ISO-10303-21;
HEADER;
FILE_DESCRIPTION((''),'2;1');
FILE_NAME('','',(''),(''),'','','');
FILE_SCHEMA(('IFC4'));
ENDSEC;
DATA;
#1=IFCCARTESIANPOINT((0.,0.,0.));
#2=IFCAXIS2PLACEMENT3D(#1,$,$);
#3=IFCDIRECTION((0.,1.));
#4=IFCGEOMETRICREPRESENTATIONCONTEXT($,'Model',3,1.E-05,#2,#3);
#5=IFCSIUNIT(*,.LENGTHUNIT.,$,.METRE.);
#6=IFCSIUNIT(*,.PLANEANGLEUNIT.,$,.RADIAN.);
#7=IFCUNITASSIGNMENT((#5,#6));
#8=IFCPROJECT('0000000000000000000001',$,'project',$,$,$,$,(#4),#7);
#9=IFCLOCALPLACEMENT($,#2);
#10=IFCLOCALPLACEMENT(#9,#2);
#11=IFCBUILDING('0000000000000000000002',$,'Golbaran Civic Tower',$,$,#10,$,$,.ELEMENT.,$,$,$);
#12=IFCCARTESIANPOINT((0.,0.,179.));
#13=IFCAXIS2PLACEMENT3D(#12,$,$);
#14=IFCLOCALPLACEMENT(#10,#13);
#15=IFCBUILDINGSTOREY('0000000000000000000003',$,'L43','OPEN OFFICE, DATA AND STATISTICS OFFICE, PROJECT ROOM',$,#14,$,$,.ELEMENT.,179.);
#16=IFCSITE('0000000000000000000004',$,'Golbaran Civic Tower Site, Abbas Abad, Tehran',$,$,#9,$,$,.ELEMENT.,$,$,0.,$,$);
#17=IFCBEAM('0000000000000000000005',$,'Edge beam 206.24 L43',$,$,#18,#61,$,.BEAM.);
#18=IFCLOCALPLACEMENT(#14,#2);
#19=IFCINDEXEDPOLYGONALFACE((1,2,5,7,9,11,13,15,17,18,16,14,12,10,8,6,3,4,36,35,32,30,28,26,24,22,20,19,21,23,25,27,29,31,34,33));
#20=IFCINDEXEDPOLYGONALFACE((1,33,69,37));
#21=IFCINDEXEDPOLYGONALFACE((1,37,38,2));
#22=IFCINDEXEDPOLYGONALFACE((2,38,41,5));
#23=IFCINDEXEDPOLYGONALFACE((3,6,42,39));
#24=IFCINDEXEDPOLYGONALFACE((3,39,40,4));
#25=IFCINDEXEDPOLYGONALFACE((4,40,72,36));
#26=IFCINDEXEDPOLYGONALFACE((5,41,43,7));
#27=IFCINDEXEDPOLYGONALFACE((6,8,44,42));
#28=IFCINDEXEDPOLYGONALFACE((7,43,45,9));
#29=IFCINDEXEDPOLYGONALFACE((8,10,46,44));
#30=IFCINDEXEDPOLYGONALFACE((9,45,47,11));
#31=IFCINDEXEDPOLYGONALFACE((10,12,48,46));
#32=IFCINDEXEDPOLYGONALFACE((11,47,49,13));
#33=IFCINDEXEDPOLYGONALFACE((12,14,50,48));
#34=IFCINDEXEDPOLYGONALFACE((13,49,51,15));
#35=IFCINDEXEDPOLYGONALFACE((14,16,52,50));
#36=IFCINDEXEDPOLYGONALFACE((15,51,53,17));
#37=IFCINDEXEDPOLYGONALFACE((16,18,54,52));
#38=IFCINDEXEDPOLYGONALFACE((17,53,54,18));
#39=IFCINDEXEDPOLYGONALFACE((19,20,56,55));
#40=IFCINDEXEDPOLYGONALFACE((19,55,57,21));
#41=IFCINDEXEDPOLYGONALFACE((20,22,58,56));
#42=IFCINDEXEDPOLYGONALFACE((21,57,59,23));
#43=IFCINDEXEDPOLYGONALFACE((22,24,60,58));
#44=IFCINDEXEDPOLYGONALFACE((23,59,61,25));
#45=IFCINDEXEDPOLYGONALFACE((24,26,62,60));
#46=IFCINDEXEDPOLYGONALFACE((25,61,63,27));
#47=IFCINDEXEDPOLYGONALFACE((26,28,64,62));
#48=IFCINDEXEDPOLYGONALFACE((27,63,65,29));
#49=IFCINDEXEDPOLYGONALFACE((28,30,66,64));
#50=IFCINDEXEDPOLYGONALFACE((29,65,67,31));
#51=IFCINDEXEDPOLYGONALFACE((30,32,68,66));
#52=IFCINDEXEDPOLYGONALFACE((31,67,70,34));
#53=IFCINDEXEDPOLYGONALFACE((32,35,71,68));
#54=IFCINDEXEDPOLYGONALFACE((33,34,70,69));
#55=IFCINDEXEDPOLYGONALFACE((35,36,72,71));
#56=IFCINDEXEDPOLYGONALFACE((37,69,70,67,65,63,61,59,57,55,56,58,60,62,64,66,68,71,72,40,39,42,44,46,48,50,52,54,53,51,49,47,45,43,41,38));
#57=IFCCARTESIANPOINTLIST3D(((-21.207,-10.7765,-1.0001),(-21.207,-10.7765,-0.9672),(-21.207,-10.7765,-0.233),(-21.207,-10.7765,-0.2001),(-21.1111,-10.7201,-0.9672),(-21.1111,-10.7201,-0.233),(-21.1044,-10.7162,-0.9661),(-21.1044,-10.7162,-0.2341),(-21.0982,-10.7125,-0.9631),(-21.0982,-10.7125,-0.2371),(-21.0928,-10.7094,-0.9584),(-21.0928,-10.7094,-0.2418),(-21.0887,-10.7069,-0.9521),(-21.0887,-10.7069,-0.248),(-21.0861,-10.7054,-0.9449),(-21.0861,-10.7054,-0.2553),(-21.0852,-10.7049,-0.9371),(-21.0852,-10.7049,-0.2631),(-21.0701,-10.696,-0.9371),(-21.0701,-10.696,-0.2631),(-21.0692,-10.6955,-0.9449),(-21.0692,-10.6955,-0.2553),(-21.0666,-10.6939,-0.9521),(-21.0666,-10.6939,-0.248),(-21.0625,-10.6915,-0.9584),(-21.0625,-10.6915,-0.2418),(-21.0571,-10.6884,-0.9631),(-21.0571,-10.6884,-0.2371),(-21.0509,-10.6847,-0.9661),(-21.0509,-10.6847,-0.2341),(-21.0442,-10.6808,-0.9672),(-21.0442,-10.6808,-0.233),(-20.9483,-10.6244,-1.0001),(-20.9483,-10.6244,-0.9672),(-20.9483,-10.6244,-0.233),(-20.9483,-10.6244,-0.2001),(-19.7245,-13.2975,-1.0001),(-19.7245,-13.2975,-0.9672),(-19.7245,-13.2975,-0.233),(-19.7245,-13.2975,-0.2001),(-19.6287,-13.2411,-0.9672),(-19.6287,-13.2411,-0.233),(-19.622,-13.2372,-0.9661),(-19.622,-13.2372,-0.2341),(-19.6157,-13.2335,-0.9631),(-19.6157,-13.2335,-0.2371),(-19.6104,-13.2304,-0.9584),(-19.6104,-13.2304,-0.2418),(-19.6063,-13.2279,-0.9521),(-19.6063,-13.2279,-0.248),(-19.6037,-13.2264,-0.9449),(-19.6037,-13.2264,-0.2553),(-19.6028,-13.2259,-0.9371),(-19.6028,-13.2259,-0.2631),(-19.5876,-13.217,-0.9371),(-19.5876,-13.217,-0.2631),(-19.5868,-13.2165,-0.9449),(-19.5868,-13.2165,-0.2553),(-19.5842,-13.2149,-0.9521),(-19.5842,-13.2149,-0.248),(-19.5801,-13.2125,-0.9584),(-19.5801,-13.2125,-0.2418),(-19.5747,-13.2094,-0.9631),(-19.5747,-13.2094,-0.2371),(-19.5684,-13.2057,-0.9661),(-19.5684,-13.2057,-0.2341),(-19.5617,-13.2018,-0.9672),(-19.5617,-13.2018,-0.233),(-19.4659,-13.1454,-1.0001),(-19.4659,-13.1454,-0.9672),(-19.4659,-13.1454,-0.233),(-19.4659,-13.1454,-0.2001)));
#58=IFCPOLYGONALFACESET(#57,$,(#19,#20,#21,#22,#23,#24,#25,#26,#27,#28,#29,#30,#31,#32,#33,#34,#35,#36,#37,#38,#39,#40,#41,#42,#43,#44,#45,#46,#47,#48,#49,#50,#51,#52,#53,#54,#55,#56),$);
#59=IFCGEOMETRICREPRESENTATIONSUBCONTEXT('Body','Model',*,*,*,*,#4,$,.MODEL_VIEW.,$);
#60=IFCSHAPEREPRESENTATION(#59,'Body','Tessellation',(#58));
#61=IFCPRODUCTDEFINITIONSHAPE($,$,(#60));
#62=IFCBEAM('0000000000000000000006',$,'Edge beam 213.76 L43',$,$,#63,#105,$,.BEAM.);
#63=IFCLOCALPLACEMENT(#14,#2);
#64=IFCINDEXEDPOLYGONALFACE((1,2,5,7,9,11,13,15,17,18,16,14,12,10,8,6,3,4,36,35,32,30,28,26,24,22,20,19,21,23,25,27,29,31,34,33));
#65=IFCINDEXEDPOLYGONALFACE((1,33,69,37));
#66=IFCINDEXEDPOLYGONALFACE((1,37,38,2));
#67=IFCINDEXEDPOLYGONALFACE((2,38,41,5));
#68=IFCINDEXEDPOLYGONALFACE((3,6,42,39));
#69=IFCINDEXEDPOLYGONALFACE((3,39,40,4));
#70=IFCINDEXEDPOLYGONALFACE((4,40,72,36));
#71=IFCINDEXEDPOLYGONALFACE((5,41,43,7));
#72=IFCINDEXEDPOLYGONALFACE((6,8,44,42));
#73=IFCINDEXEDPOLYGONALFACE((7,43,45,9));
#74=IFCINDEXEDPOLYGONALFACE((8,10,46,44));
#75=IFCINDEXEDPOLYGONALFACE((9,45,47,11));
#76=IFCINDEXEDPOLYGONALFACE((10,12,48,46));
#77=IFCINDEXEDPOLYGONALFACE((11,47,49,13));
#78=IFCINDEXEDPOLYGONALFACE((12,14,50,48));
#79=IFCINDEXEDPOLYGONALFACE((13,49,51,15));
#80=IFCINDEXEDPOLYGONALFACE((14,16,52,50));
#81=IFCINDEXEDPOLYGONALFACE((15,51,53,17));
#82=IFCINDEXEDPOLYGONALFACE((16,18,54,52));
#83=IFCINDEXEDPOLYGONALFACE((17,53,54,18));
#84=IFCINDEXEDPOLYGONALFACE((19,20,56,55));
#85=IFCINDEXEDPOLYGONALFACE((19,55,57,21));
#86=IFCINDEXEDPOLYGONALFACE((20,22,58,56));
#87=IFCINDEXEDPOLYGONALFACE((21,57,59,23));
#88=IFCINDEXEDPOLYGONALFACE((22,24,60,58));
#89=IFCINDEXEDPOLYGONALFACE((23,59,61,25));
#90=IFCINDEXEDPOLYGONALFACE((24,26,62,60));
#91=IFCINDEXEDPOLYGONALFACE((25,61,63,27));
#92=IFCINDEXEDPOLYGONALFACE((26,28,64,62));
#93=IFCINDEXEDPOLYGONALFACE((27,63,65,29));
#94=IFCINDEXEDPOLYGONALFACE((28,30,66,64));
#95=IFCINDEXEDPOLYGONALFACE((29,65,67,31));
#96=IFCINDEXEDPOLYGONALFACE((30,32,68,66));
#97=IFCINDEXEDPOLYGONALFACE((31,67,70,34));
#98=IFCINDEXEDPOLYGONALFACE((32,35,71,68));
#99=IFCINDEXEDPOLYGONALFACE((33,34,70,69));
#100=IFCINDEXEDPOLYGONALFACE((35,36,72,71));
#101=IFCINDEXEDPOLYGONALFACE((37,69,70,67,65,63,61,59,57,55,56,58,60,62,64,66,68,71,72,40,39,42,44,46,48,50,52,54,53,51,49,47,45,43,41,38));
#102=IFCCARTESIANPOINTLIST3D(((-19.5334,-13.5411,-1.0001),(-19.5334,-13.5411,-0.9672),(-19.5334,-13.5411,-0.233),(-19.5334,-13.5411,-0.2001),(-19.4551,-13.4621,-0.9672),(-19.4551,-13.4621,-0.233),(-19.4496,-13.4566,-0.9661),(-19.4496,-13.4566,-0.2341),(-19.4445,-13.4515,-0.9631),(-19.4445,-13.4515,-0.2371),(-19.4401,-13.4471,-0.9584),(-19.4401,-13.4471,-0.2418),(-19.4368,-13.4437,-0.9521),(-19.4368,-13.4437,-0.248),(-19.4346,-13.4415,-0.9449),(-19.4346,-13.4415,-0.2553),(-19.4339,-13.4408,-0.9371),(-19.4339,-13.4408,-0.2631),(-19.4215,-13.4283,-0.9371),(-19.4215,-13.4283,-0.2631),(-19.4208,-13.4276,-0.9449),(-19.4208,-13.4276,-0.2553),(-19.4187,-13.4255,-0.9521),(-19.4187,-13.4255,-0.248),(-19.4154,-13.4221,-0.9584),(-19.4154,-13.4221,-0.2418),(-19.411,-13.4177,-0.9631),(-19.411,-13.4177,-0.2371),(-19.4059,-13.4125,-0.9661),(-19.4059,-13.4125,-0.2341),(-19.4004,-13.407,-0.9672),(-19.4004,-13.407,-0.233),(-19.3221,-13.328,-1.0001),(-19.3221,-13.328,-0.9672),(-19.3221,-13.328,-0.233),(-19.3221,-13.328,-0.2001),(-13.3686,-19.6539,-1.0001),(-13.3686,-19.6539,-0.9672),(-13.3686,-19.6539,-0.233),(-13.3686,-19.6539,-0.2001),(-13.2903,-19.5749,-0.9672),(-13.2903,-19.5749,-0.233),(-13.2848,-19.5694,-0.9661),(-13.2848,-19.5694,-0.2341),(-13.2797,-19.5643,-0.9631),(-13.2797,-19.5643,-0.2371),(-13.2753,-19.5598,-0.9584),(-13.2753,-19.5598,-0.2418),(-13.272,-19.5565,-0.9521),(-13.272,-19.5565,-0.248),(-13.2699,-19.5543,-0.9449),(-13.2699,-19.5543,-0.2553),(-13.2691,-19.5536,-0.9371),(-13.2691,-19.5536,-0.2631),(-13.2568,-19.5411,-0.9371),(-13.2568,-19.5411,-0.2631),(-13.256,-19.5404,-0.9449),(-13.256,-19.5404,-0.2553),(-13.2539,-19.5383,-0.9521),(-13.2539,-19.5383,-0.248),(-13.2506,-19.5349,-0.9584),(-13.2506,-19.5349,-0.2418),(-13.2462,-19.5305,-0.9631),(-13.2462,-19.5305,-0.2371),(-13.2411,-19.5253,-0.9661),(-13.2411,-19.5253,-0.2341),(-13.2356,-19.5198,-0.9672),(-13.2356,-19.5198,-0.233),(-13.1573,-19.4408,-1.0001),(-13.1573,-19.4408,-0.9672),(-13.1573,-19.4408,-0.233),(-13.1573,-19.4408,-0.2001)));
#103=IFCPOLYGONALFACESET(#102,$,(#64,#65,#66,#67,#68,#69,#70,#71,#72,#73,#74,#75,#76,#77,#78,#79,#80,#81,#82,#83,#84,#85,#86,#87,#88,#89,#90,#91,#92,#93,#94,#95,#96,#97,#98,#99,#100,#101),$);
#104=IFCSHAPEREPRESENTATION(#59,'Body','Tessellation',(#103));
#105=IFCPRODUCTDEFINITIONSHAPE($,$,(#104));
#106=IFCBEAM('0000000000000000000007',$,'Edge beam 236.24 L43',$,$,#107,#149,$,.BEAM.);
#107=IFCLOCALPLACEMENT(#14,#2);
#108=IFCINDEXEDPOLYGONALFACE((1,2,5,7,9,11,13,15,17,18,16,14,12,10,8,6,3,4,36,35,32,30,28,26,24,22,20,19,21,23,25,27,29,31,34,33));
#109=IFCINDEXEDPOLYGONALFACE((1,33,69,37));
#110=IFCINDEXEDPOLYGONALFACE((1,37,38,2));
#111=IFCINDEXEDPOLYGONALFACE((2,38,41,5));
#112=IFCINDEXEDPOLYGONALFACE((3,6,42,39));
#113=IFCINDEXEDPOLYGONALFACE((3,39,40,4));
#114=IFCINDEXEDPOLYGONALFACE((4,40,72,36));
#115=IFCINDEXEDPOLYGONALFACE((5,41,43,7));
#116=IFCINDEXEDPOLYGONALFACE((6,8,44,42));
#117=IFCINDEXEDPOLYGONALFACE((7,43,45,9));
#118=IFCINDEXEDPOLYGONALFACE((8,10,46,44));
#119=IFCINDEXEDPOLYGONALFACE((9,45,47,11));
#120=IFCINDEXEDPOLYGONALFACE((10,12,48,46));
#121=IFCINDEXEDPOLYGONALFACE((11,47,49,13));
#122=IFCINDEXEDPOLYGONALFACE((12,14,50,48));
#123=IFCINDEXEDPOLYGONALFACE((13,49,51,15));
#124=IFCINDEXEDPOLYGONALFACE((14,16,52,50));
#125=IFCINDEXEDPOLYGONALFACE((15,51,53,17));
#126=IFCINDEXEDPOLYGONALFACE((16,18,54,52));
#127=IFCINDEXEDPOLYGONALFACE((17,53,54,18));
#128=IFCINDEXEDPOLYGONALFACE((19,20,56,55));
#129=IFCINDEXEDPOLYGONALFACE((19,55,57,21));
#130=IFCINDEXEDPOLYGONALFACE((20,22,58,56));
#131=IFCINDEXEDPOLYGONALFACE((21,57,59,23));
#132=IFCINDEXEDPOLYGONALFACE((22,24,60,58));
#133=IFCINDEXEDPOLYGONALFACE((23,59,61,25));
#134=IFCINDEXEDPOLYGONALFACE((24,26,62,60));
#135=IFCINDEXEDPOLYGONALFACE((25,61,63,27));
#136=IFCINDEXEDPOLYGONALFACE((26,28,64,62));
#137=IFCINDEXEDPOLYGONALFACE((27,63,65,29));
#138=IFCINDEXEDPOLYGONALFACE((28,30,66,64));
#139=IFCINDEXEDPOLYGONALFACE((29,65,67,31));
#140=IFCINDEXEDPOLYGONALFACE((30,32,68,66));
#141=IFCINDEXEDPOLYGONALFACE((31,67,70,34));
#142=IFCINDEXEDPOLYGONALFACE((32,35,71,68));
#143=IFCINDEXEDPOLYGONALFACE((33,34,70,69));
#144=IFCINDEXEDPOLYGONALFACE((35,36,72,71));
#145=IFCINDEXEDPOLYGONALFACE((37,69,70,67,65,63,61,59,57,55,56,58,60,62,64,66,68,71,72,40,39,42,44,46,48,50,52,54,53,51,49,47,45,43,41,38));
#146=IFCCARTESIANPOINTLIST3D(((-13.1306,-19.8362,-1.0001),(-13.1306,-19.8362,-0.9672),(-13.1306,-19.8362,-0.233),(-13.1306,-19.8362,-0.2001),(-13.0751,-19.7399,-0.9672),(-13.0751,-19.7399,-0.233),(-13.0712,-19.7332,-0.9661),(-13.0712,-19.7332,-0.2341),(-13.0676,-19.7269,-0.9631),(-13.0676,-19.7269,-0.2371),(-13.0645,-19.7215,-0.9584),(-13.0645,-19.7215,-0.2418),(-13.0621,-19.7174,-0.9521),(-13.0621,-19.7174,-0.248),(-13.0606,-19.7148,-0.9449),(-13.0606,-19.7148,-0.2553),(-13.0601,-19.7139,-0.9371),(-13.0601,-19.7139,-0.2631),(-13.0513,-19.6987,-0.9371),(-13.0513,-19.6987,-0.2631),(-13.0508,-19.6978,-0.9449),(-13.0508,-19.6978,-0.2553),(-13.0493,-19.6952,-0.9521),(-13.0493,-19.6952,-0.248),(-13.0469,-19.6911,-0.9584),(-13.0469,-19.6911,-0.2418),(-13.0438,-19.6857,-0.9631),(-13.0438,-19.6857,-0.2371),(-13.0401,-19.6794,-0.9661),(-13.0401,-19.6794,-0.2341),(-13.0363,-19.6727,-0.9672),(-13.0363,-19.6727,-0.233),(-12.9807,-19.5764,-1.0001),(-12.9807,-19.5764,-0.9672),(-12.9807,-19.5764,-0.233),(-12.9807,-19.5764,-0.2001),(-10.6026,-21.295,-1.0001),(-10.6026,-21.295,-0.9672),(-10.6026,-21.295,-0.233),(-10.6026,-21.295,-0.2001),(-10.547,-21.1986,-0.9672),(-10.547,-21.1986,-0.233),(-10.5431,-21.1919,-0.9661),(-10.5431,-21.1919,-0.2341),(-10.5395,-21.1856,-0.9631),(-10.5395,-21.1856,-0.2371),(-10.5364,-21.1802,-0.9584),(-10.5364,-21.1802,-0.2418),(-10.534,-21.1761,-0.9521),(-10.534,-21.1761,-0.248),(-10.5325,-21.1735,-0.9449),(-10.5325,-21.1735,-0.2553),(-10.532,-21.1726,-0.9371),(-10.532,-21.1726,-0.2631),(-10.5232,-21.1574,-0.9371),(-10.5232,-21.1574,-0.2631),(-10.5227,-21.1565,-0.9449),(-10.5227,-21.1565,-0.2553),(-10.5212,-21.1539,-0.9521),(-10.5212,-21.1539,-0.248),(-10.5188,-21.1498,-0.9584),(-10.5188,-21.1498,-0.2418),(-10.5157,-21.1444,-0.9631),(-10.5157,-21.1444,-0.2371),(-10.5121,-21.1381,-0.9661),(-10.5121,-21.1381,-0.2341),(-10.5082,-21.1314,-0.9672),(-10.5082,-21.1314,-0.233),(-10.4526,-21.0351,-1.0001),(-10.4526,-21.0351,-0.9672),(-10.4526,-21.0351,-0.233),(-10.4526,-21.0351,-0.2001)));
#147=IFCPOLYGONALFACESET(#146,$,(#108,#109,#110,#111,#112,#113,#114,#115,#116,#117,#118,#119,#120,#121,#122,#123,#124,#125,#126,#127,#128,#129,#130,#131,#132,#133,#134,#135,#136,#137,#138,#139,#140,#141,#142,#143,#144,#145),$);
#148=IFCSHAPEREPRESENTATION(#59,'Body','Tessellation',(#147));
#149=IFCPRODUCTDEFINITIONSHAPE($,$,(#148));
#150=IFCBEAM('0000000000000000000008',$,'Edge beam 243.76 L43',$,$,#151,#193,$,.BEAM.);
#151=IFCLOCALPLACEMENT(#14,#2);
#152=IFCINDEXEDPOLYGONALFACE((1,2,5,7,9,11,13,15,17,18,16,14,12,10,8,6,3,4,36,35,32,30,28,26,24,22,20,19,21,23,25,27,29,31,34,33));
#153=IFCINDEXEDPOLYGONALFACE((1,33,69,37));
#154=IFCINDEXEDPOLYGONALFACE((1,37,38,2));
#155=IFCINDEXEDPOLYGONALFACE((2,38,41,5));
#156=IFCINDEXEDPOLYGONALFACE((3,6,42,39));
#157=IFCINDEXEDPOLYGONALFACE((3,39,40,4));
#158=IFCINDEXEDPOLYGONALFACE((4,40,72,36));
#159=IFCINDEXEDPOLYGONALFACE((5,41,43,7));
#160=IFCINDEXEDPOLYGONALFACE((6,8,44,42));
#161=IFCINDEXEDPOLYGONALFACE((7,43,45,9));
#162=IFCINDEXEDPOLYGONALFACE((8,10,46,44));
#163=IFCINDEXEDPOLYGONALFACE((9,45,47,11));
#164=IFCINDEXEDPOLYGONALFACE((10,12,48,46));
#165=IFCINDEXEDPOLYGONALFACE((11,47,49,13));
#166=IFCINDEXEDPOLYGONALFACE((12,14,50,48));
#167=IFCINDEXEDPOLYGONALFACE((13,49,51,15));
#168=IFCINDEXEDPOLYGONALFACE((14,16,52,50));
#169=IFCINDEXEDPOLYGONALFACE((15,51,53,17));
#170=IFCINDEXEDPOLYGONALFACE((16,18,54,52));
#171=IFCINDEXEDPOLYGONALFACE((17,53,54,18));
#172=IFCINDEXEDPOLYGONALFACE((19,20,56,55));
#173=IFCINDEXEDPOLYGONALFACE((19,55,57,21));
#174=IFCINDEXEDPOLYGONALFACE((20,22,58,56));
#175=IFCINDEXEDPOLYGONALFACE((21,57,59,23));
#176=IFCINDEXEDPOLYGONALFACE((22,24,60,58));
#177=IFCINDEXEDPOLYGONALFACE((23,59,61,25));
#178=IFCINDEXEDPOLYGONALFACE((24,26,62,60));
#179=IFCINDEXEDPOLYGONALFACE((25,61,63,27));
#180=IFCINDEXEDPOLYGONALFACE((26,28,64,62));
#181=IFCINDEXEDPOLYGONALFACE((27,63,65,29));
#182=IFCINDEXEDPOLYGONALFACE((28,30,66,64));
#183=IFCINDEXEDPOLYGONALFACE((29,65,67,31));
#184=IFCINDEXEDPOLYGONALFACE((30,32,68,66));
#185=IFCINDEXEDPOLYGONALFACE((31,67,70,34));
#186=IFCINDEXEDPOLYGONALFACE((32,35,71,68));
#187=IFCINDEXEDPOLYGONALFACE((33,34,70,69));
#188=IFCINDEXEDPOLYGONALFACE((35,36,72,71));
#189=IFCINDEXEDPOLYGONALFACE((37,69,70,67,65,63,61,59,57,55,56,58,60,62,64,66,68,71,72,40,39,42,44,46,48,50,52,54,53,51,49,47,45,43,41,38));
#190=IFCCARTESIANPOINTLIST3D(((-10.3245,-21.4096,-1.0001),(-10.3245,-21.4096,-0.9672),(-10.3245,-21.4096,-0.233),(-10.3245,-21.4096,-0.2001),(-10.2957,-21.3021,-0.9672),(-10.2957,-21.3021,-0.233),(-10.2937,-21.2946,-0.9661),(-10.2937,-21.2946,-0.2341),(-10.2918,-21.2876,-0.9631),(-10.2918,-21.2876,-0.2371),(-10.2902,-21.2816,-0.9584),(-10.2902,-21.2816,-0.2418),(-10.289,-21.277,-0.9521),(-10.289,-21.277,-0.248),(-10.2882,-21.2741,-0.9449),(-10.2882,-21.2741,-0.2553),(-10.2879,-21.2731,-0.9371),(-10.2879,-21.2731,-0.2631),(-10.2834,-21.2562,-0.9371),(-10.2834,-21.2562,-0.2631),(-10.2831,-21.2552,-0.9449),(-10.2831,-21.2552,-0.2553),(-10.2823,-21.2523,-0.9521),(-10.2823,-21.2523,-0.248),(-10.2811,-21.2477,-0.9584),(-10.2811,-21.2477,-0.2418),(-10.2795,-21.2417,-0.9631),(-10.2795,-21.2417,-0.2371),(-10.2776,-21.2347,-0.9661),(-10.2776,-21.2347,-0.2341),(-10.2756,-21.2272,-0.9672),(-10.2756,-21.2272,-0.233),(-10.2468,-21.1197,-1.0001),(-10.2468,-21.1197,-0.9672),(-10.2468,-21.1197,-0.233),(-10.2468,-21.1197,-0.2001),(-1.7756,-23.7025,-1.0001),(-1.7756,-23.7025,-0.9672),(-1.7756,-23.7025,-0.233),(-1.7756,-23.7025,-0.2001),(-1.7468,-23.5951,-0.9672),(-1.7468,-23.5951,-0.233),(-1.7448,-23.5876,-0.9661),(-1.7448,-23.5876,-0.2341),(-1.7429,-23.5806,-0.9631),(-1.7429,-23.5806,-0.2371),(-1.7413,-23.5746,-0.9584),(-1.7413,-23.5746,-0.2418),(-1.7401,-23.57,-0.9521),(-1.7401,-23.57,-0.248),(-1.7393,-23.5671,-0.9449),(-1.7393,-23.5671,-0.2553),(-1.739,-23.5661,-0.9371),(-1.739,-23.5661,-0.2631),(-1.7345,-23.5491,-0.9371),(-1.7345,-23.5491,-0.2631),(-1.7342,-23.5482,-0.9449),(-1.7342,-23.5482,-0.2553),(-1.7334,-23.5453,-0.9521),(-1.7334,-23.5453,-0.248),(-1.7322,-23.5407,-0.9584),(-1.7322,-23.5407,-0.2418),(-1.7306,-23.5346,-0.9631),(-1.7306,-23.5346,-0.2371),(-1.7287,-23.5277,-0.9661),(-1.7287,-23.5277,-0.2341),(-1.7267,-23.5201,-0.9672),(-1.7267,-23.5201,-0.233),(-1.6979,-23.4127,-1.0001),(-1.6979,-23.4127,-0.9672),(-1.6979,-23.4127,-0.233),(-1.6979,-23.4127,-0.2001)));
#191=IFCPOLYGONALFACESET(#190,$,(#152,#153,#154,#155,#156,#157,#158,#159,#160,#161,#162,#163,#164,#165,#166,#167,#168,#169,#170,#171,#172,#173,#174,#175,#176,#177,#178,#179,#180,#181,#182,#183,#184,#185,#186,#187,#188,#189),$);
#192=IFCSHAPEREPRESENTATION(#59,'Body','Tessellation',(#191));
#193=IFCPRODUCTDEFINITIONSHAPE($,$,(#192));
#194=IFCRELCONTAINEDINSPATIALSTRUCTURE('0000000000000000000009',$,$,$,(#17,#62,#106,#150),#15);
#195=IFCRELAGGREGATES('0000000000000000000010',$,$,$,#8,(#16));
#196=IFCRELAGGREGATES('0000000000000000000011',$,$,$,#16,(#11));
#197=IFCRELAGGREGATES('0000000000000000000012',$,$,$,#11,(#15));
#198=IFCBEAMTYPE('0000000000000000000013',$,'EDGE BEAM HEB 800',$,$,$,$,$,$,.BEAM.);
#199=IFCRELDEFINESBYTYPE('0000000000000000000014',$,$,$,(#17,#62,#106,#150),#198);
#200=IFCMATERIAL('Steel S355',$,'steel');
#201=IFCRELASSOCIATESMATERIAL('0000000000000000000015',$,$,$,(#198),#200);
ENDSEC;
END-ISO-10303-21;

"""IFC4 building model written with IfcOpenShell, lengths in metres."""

from ifc_helpers import new_model, si_unit, direction, frame, origin, origin_2d, place, context, subcontext, project, spatial, i_section, extrude, material, material_profile, profile_set, type_object, element, save


model = new_model("IFC4")

# Units and contexts
model_context = context("Model", 3, precision=1e-05, world=origin(), true_north=direction((0.0, 1.0)))
body_context = subcontext(model_context, "Body", "Model", "MODEL_VIEW")
ifc_project = project(units=[si_unit("LENGTHUNIT", "METRE"), si_unit("PLANEANGLEUNIT", "RADIAN")], contexts=[model_context])

# Site, building, storey
site_placement = place(None, origin())
site = spatial("IfcSite", under=ifc_project, at=site_placement, Name="Golbaran Civic Tower Site, Abbas Abad, Tehran", CompositionType="ELEMENT", RefElevation=0.0)
building_placement = place(site_placement, origin())
building = spatial("IfcBuilding", under=site, at=building_placement, Name="Golbaran Civic Tower", CompositionType="ELEMENT")
storey_placement = place(building_placement, frame((0.0, 0.0, 179.0)))
storey = spatial("IfcBuildingStorey", under=building, at=storey_placement, Name="L43", Description="OPEN OFFICE, DATA AND STATISTICS OFFICE, PROJECT ROOM", CompositionType="ELEMENT", Elevation=179.0)

# Beams
ifc_material_1 = material(Name="Steel S355", Category="steel")
ifc_material_profile_1 = material_profile(ifc_material_1, i_section(OverallWidth=0.3, OverallDepth=0.8, WebThickness=0.0176, FlangeThickness=0.033, FilletRadius=0.03, at=origin_2d()), Name="HEB 800")
ifc_profile_set_1 = profile_set([ifc_material_profile_1], Name="Steel S355")
beam_type_1 = type_object("IfcBeamType", Name="EDGE BEAM HEB 800", PredefinedType="BEAM", material=ifc_profile_set_1)
beam_1_placement = place(storey_placement, frame((-21.0776, -10.7004, -0.6001), z_axis=(0.506889, -0.862011, 0.0), x_axis=(0.862011, 0.506889, 0.0)))
element("IfcBeam", 1, at=beam_1_placement, inside=storey, type_object=beam_type_1, Name="Edge beam 206.24 L43", PredefinedType="BEAM", context=body_context, shape_type="SweptSolid", body=[
    extrude(i_section(OverallWidth=0.3, OverallDepth=0.8, WebThickness=0.0176, FlangeThickness=0.033, FilletRadius=0.03, at=origin_2d()), origin(), (0.0, 0.0, 1.0), 2.9246),
])
beam_2_placement = place(storey_placement, frame((-19.4277, -13.4346, -0.6001), z_axis=(0.710095, -0.704106, 0.0), x_axis=(0.704106, 0.710095, 0.0)))
element("IfcBeam", 2, at=beam_2_placement, inside=storey, type_object=beam_type_1, Name="Edge beam 213.76 L43", PredefinedType="BEAM", context=body_context, shape_type="SweptSolid", body=[
    extrude(i_section(OverallWidth=0.3, OverallDepth=0.8, WebThickness=0.0176, FlangeThickness=0.033, FilletRadius=0.03, at=origin_2d()), origin(), (0.0, 0.0, 1.0), 8.6816),
])
beam_3_placement = place(storey_placement, frame((-13.0557, -19.7063, -0.6001), z_axis=(0.866151, -0.499783, 0.0), x_axis=(0.499783, 0.866151, 0.0)))
element("IfcBeam", 3, at=beam_3_placement, inside=storey, type_object=beam_type_1, Name="Edge beam 236.24 L43", PredefinedType="BEAM", context=body_context, shape_type="SweptSolid", body=[
    extrude(i_section(OverallWidth=0.3, OverallDepth=0.8, WebThickness=0.0176, FlangeThickness=0.033, FilletRadius=0.03, at=origin_2d()), origin(), (0.0, 0.0, 1.0), 2.9187),
])
beam_4_placement = place(storey_placement, frame((-10.2856, -21.2646, -0.6001), z_axis=(0.96586, -0.259063, 0.0), x_axis=(0.259063, 0.96586, 0.0)))
element("IfcBeam", 4, at=beam_4_placement, inside=storey, type_object=beam_type_1, Name="Edge beam 243.76 L43", PredefinedType="BEAM", context=body_context, shape_type="SweptSolid", body=[
    extrude(i_section(OverallWidth=0.3, OverallDepth=0.8, WebThickness=0.0176, FlangeThickness=0.033, FilletRadius=0.03, at=origin_2d()), origin(), (0.0, 0.0, 1.0), 8.8511),
])

save(model, "model.ifc")
